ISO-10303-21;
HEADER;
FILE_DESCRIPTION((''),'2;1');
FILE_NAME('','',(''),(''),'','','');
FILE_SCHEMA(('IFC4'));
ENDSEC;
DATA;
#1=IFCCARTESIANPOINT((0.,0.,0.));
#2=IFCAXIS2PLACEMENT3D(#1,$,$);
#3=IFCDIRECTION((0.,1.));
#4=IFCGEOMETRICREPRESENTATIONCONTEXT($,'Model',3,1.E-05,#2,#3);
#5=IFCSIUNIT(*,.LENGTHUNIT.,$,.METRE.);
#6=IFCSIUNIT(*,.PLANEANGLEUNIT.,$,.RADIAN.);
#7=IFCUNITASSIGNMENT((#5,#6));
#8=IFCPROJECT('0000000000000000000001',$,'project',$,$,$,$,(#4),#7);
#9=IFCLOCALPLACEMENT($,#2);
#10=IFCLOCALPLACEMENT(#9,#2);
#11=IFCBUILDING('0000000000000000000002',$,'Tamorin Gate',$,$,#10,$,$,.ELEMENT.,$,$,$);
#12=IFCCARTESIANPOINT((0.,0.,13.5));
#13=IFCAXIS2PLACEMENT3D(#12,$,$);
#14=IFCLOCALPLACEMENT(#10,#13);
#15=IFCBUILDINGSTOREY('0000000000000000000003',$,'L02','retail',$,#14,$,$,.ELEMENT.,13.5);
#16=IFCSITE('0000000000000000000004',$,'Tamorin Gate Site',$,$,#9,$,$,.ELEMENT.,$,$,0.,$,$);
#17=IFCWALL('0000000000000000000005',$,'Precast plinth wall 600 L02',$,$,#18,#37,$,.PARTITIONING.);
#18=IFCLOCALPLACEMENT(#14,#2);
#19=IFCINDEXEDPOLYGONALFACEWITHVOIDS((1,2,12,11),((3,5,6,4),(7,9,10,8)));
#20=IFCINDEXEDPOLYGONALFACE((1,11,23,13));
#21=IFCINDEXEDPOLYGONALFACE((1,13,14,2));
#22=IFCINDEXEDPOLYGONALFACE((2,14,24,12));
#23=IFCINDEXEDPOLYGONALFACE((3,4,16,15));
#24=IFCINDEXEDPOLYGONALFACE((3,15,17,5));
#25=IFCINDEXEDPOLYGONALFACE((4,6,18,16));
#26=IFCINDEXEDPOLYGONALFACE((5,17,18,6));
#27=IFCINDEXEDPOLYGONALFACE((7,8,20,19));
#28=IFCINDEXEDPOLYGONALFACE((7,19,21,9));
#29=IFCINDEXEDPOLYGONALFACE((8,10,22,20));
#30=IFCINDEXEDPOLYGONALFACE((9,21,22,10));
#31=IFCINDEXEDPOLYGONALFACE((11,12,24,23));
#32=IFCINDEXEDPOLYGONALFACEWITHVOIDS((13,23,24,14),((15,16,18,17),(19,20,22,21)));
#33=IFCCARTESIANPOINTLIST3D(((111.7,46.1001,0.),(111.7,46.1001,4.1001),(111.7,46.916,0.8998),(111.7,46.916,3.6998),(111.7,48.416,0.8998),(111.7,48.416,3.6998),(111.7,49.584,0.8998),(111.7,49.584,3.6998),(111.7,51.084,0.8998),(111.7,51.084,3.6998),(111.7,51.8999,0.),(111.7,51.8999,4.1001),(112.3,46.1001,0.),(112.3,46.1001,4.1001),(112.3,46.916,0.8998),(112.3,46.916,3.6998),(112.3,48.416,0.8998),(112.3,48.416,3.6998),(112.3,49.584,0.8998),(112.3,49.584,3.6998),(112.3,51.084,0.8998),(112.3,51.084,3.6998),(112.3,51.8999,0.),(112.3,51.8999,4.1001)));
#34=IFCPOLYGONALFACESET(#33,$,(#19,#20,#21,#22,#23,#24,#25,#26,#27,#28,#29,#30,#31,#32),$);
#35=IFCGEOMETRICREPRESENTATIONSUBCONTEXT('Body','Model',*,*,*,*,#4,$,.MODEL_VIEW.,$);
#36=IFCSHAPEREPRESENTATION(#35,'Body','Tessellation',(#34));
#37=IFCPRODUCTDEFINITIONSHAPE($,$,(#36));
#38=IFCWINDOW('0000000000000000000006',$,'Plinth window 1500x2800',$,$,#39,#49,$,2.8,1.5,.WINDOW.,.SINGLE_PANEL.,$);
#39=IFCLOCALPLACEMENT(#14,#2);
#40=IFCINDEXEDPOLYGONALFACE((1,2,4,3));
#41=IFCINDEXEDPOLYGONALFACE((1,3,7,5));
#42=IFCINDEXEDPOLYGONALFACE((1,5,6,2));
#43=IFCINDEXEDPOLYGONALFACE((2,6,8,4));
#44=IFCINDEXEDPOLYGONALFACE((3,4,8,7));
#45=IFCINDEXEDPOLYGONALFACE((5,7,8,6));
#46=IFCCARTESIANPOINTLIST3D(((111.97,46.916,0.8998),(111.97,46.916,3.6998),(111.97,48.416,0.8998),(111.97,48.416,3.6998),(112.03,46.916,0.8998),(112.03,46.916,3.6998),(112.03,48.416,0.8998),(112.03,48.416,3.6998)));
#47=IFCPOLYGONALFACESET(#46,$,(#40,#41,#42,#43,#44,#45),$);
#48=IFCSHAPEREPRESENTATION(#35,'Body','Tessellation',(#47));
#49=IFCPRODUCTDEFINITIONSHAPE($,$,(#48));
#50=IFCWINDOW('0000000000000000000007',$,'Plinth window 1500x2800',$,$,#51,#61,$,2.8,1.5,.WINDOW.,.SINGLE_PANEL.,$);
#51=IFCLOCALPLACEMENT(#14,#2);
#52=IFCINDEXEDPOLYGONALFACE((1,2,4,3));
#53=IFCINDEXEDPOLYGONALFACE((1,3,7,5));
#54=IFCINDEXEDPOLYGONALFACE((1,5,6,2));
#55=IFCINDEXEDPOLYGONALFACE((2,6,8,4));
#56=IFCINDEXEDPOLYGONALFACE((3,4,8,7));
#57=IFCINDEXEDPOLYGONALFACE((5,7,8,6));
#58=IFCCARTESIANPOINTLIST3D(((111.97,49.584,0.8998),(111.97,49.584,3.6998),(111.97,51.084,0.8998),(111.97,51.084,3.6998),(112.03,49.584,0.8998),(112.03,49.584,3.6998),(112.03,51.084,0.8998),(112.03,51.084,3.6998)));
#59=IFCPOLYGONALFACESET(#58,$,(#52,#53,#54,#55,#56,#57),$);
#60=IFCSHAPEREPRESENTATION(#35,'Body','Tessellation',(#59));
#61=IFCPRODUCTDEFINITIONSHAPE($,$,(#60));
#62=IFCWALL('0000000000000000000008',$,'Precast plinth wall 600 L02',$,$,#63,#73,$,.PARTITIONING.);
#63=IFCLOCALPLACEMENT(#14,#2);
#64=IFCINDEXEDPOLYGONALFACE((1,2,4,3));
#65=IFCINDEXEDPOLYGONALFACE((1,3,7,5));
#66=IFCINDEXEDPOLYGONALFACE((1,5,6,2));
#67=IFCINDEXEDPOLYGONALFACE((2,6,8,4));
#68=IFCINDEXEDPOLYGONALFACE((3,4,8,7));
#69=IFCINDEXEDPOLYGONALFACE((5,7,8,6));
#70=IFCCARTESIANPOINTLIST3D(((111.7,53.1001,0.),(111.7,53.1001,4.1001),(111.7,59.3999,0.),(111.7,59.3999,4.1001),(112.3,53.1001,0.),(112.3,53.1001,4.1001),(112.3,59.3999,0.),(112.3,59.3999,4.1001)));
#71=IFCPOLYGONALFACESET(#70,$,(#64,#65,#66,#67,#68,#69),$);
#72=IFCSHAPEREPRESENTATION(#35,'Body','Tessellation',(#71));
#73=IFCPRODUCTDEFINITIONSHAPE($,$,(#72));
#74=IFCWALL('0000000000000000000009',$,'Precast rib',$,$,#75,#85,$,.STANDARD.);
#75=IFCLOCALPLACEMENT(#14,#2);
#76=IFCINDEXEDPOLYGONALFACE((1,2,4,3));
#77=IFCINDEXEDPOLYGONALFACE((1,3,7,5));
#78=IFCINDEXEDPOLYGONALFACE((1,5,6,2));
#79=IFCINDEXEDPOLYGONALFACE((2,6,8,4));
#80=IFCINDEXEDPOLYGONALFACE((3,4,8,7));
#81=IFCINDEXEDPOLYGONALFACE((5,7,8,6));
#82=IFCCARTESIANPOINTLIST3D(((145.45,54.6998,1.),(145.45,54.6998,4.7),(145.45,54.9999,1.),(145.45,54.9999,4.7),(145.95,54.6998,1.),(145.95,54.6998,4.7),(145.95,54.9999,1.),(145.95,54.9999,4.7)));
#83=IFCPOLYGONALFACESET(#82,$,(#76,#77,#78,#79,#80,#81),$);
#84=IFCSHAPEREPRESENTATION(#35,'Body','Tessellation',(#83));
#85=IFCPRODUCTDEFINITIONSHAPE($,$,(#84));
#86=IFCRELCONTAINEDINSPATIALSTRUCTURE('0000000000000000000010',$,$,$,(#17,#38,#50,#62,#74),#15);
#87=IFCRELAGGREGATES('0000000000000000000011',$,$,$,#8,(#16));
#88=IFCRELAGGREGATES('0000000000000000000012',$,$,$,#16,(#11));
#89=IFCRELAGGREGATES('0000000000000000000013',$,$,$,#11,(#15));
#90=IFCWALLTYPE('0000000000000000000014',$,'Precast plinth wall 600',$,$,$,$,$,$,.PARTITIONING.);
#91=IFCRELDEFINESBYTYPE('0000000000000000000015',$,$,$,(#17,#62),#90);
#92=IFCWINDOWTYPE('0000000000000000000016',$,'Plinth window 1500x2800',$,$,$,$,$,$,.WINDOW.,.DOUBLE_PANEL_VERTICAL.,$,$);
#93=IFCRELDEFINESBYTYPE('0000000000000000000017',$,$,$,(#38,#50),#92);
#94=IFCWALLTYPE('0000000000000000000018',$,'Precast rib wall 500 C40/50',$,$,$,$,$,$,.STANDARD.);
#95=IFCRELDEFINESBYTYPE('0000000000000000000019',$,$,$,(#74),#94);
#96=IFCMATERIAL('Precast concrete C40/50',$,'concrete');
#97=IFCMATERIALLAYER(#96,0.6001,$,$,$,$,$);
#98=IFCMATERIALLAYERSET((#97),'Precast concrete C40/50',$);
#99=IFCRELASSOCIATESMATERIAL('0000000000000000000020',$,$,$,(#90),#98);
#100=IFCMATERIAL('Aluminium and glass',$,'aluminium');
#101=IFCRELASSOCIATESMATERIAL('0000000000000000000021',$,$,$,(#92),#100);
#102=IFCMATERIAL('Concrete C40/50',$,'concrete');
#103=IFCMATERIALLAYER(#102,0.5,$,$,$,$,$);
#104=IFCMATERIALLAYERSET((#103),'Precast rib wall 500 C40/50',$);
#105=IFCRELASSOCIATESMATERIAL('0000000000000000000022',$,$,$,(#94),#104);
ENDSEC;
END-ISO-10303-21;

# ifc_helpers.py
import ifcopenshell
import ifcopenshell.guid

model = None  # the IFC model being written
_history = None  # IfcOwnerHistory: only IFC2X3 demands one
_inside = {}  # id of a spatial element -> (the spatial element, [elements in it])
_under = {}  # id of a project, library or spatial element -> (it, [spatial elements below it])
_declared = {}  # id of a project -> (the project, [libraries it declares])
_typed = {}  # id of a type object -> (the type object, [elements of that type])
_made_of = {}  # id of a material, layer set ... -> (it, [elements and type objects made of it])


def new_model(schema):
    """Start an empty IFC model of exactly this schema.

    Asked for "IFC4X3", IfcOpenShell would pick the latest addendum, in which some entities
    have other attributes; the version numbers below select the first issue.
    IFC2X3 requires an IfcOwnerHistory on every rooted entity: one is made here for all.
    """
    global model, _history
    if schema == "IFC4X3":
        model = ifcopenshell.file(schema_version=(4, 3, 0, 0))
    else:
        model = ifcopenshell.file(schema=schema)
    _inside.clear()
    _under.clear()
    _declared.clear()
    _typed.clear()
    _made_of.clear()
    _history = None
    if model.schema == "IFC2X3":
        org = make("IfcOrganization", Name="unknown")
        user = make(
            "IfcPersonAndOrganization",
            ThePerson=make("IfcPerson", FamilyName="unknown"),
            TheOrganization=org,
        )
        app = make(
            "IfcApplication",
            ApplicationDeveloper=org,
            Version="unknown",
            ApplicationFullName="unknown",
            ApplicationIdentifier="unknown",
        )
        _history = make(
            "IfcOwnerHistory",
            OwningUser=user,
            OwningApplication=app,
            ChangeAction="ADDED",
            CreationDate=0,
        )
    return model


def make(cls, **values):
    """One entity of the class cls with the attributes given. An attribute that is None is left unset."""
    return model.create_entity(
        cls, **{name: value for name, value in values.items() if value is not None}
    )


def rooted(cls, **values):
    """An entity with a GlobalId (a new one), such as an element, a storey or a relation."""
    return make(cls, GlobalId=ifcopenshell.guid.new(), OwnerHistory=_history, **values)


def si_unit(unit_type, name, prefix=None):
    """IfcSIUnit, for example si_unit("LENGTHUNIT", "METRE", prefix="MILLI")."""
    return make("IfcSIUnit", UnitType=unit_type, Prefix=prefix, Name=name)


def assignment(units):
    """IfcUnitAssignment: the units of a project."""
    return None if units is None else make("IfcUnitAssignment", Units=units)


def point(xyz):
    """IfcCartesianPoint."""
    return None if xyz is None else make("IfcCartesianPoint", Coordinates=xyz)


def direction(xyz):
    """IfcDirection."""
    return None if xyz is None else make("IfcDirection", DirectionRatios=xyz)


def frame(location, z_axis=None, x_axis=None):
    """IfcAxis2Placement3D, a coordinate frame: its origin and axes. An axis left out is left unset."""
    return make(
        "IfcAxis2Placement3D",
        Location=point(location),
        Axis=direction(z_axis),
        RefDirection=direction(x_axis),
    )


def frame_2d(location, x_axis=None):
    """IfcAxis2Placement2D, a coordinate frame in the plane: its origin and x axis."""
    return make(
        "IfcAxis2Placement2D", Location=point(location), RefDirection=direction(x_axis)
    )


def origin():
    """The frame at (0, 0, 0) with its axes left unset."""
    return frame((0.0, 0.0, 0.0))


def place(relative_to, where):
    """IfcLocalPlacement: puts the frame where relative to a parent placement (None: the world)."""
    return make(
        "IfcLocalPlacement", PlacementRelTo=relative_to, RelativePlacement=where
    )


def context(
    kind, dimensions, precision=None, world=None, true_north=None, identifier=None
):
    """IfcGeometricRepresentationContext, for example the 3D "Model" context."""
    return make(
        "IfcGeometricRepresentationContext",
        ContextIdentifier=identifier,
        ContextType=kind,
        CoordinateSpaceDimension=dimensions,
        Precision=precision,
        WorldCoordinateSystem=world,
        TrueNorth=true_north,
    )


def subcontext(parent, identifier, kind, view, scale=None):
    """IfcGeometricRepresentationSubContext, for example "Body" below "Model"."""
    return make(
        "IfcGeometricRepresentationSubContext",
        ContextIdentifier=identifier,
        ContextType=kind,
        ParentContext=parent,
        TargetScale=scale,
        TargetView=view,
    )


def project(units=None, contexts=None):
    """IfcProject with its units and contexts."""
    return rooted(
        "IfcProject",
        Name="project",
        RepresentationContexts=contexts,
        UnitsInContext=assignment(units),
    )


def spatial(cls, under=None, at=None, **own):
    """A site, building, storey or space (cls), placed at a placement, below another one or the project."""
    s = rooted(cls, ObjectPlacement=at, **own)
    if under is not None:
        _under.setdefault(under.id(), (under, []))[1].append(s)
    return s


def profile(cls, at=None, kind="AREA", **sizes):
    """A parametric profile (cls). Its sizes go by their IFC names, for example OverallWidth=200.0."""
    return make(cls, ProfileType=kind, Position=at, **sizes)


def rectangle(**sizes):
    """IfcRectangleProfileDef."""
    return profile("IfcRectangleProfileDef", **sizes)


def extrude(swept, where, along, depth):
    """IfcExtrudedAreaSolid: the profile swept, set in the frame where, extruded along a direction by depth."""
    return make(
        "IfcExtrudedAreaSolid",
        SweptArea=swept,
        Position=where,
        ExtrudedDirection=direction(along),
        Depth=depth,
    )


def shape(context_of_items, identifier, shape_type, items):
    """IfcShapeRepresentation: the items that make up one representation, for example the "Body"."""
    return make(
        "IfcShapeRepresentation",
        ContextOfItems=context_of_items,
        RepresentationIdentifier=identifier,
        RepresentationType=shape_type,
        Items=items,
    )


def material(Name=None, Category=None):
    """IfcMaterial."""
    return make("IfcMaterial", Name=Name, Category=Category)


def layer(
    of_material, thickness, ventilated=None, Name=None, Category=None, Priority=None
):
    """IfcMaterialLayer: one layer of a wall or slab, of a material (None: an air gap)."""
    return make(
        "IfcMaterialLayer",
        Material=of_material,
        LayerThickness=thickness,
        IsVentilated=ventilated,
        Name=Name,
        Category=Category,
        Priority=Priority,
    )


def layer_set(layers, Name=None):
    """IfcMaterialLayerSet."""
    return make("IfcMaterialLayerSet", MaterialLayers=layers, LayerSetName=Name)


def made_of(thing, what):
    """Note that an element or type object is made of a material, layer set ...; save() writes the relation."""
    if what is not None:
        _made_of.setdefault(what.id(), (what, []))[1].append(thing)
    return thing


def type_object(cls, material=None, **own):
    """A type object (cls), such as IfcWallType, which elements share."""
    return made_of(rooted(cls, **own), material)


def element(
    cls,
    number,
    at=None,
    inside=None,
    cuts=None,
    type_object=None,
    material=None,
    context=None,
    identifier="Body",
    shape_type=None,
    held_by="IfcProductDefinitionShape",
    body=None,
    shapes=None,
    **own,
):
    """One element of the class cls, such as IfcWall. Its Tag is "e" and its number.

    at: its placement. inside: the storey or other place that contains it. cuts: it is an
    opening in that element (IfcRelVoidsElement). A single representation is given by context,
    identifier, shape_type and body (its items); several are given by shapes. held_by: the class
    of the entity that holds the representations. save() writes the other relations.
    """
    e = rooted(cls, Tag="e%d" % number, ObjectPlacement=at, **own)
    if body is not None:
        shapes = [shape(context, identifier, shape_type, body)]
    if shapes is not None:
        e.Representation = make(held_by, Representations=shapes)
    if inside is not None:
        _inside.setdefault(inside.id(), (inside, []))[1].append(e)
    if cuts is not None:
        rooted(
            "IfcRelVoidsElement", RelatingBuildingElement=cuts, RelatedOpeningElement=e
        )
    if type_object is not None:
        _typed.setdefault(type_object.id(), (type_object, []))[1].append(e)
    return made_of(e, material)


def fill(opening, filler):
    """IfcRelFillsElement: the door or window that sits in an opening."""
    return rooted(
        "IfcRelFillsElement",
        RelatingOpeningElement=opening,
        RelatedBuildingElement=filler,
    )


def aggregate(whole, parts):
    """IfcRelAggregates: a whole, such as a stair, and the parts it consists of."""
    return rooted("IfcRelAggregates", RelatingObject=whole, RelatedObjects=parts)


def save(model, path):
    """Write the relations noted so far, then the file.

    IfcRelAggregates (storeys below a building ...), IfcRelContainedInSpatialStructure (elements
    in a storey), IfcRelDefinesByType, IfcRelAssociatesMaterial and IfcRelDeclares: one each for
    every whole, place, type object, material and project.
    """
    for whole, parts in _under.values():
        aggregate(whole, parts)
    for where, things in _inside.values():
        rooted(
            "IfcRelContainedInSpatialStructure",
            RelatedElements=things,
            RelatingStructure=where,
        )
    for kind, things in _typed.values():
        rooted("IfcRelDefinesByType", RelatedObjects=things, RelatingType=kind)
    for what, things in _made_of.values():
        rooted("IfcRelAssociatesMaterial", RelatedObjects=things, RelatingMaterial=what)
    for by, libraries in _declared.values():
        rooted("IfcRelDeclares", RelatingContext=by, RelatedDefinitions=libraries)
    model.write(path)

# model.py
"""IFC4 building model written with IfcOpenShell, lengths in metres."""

from ifc_helpers import new_model, si_unit, direction, frame, frame_2d, origin, place, context, subcontext, project, spatial, rectangle, extrude, material, layer, layer_set, type_object, element, fill, save


model = new_model("IFC4")

# Units and contexts
model_context = context("Model", 3, precision=1e-05, world=origin(), true_north=direction((0.0, 1.0)))
body_context = subcontext(model_context, "Body", "Model", "MODEL_VIEW")
ifc_project = project(units=[si_unit("LENGTHUNIT", "METRE"), si_unit("PLANEANGLEUNIT", "RADIAN")], contexts=[model_context])

# Site, building, storey
site_placement = place(None, origin())
site = spatial("IfcSite", under=ifc_project, at=site_placement, Name="Tamorin Gate Site", CompositionType="ELEMENT", RefElevation=0.0)
building_placement = place(site_placement, origin())
building = spatial("IfcBuilding", under=site, at=building_placement, Name="Tamorin Gate", CompositionType="ELEMENT")
storey_placement = place(building_placement, frame((0.0, 0.0, 13.5)))
storey = spatial("IfcBuildingStorey", under=building, at=storey_placement, Name="L02", Description="retail", CompositionType="ELEMENT", Elevation=13.5)

# Shared definitions
ifc_material_1 = material(Name="Concrete C40/50", Category="concrete")

# Wall, openings, windows
ifc_material_2 = material(Name="Precast concrete C40/50", Category="concrete")
ifc_layer_1 = layer(ifc_material_2, 0.6001)
ifc_layer_set_1 = layer_set([ifc_layer_1], Name="Precast concrete C40/50")
wall_type_1 = type_object("IfcWallType", Name="Precast plinth wall 600", PredefinedType="PARTITIONING", material=ifc_layer_set_1)
ifc_material_3 = material(Name="Aluminium and glass", Category="aluminium")
window_type = type_object("IfcWindowType", Name="Plinth window 1500x2800", PartitioningType="DOUBLE_PANEL_VERTICAL", PredefinedType="WINDOW", material=ifc_material_3)
wall_1_placement = place(storey_placement, frame((112.0, 46.1001, 0.0), z_axis=(0.0, 0.0, 1.0), x_axis=(0.0, 1.0, 0.0)))
wall_1 = element("IfcWall", 1, at=wall_1_placement, inside=storey, type_object=wall_type_1, Name="Precast plinth wall 600 L02", PredefinedType="PARTITIONING", context=body_context, shape_type="SweptSolid", body=[
    extrude(rectangle(XDim=5.7998, YDim=0.6001, at=frame_2d((2.8999, 0.0))), origin(), (0.0, 0.0, 1.0), 4.1001),
])
opening_1_placement = place(wall_1_placement, frame((0.8159, 0.0, 0.8999)))
opening_1 = element("IfcOpeningElement", 2, at=opening_1_placement, cuts=wall_1, PredefinedType="OPENING", context=body_context, shape_type="SweptSolid", body=[
    extrude(rectangle(XDim=1.5, YDim=2.8, at=frame_2d((0.75, 1.3999))), frame((0.0, 0.3101, 0.0), z_axis=(0.0, -1.0, 0.0), x_axis=(1.0, 0.0, 0.0)), (0.0, 0.0, 1.0), 0.6201),
])
opening_2_placement = place(wall_1_placement, frame((3.4839, 0.0, 0.8999)))
opening_2 = element("IfcOpeningElement", 3, at=opening_2_placement, cuts=wall_1, PredefinedType="OPENING", context=body_context, shape_type="SweptSolid", body=[
    extrude(rectangle(XDim=1.5, YDim=2.8, at=frame_2d((0.75, 1.3999))), frame((0.0, 0.3101, 0.0), z_axis=(0.0, -1.0, 0.0), x_axis=(1.0, 0.0, 0.0)), (0.0, 0.0, 1.0), 0.6201),
])
window_1_placement = place(opening_1_placement, origin())
window_1 = element("IfcWindow", 4, at=window_1_placement, inside=storey, type_object=window_type, Name="Plinth window 1500x2800", OverallHeight=2.8, OverallWidth=1.5, PartitioningType="SINGLE_PANEL", PredefinedType="WINDOW", context=body_context, shape_type="SweptSolid", body=[
    extrude(rectangle(XDim=1.5, YDim=2.8, at=frame_2d((0.75, 1.3999))), frame((0.0, 0.03, 0.0), z_axis=(0.0, -1.0, 0.0), x_axis=(1.0, 0.0, 0.0)), (0.0, 0.0, 1.0), 0.0601),
])
fill(opening_1, window_1)
window_2_placement = place(opening_2_placement, origin())
window_2 = element("IfcWindow", 5, at=window_2_placement, inside=storey, type_object=window_type, Name="Plinth window 1500x2800", OverallHeight=2.8, OverallWidth=1.5, PartitioningType="SINGLE_PANEL", PredefinedType="WINDOW", context=body_context, shape_type="SweptSolid", body=[
    extrude(rectangle(XDim=1.5, YDim=2.8, at=frame_2d((0.75, 1.3999))), frame((0.0, 0.03, 0.0), z_axis=(0.0, -1.0, 0.0), x_axis=(1.0, 0.0, 0.0)), (0.0, 0.0, 1.0), 0.0601),
])
fill(opening_2, window_2)

# Walls
wall_2_placement = place(storey_placement, frame((112.0, 53.1001, 0.0), z_axis=(0.0, 0.0, 1.0), x_axis=(0.0, 1.0, 0.0)))
element("IfcWall", 6, at=wall_2_placement, inside=storey, type_object=wall_type_1, Name="Precast plinth wall 600 L02", PredefinedType="PARTITIONING", context=body_context, shape_type="SweptSolid", body=[
    extrude(rectangle(XDim=6.2998, YDim=0.6001, at=frame_2d((3.1499, 0.0))), origin(), (0.0, 0.0, 1.0), 4.1001),
])
ifc_layer_2 = layer(ifc_material_1, 0.5)
ifc_layer_set_2 = layer_set([ifc_layer_2], Name="Precast rib wall 500 C40/50")
wall_type_2 = type_object("IfcWallType", Name="Precast rib wall 500 C40/50", PredefinedType="STANDARD", material=ifc_layer_set_2)
wall_3_placement = place(storey_placement, frame((145.7, 54.7, 1.0), z_axis=(0.0, 0.0, 1.0), x_axis=(0.0, 1.0, 0.0)))
element("IfcWall", 7, at=wall_3_placement, inside=storey, type_object=wall_type_2, Name="Precast rib", PredefinedType="STANDARD", context=body_context, shape_type="SweptSolid", body=[
    extrude(rectangle(XDim=0.3, YDim=0.5, at=frame_2d((0.1499, 0.0))), origin(), (0.0, 0.0, 1.0), 3.7),
])

save(model, "model.ifc")
